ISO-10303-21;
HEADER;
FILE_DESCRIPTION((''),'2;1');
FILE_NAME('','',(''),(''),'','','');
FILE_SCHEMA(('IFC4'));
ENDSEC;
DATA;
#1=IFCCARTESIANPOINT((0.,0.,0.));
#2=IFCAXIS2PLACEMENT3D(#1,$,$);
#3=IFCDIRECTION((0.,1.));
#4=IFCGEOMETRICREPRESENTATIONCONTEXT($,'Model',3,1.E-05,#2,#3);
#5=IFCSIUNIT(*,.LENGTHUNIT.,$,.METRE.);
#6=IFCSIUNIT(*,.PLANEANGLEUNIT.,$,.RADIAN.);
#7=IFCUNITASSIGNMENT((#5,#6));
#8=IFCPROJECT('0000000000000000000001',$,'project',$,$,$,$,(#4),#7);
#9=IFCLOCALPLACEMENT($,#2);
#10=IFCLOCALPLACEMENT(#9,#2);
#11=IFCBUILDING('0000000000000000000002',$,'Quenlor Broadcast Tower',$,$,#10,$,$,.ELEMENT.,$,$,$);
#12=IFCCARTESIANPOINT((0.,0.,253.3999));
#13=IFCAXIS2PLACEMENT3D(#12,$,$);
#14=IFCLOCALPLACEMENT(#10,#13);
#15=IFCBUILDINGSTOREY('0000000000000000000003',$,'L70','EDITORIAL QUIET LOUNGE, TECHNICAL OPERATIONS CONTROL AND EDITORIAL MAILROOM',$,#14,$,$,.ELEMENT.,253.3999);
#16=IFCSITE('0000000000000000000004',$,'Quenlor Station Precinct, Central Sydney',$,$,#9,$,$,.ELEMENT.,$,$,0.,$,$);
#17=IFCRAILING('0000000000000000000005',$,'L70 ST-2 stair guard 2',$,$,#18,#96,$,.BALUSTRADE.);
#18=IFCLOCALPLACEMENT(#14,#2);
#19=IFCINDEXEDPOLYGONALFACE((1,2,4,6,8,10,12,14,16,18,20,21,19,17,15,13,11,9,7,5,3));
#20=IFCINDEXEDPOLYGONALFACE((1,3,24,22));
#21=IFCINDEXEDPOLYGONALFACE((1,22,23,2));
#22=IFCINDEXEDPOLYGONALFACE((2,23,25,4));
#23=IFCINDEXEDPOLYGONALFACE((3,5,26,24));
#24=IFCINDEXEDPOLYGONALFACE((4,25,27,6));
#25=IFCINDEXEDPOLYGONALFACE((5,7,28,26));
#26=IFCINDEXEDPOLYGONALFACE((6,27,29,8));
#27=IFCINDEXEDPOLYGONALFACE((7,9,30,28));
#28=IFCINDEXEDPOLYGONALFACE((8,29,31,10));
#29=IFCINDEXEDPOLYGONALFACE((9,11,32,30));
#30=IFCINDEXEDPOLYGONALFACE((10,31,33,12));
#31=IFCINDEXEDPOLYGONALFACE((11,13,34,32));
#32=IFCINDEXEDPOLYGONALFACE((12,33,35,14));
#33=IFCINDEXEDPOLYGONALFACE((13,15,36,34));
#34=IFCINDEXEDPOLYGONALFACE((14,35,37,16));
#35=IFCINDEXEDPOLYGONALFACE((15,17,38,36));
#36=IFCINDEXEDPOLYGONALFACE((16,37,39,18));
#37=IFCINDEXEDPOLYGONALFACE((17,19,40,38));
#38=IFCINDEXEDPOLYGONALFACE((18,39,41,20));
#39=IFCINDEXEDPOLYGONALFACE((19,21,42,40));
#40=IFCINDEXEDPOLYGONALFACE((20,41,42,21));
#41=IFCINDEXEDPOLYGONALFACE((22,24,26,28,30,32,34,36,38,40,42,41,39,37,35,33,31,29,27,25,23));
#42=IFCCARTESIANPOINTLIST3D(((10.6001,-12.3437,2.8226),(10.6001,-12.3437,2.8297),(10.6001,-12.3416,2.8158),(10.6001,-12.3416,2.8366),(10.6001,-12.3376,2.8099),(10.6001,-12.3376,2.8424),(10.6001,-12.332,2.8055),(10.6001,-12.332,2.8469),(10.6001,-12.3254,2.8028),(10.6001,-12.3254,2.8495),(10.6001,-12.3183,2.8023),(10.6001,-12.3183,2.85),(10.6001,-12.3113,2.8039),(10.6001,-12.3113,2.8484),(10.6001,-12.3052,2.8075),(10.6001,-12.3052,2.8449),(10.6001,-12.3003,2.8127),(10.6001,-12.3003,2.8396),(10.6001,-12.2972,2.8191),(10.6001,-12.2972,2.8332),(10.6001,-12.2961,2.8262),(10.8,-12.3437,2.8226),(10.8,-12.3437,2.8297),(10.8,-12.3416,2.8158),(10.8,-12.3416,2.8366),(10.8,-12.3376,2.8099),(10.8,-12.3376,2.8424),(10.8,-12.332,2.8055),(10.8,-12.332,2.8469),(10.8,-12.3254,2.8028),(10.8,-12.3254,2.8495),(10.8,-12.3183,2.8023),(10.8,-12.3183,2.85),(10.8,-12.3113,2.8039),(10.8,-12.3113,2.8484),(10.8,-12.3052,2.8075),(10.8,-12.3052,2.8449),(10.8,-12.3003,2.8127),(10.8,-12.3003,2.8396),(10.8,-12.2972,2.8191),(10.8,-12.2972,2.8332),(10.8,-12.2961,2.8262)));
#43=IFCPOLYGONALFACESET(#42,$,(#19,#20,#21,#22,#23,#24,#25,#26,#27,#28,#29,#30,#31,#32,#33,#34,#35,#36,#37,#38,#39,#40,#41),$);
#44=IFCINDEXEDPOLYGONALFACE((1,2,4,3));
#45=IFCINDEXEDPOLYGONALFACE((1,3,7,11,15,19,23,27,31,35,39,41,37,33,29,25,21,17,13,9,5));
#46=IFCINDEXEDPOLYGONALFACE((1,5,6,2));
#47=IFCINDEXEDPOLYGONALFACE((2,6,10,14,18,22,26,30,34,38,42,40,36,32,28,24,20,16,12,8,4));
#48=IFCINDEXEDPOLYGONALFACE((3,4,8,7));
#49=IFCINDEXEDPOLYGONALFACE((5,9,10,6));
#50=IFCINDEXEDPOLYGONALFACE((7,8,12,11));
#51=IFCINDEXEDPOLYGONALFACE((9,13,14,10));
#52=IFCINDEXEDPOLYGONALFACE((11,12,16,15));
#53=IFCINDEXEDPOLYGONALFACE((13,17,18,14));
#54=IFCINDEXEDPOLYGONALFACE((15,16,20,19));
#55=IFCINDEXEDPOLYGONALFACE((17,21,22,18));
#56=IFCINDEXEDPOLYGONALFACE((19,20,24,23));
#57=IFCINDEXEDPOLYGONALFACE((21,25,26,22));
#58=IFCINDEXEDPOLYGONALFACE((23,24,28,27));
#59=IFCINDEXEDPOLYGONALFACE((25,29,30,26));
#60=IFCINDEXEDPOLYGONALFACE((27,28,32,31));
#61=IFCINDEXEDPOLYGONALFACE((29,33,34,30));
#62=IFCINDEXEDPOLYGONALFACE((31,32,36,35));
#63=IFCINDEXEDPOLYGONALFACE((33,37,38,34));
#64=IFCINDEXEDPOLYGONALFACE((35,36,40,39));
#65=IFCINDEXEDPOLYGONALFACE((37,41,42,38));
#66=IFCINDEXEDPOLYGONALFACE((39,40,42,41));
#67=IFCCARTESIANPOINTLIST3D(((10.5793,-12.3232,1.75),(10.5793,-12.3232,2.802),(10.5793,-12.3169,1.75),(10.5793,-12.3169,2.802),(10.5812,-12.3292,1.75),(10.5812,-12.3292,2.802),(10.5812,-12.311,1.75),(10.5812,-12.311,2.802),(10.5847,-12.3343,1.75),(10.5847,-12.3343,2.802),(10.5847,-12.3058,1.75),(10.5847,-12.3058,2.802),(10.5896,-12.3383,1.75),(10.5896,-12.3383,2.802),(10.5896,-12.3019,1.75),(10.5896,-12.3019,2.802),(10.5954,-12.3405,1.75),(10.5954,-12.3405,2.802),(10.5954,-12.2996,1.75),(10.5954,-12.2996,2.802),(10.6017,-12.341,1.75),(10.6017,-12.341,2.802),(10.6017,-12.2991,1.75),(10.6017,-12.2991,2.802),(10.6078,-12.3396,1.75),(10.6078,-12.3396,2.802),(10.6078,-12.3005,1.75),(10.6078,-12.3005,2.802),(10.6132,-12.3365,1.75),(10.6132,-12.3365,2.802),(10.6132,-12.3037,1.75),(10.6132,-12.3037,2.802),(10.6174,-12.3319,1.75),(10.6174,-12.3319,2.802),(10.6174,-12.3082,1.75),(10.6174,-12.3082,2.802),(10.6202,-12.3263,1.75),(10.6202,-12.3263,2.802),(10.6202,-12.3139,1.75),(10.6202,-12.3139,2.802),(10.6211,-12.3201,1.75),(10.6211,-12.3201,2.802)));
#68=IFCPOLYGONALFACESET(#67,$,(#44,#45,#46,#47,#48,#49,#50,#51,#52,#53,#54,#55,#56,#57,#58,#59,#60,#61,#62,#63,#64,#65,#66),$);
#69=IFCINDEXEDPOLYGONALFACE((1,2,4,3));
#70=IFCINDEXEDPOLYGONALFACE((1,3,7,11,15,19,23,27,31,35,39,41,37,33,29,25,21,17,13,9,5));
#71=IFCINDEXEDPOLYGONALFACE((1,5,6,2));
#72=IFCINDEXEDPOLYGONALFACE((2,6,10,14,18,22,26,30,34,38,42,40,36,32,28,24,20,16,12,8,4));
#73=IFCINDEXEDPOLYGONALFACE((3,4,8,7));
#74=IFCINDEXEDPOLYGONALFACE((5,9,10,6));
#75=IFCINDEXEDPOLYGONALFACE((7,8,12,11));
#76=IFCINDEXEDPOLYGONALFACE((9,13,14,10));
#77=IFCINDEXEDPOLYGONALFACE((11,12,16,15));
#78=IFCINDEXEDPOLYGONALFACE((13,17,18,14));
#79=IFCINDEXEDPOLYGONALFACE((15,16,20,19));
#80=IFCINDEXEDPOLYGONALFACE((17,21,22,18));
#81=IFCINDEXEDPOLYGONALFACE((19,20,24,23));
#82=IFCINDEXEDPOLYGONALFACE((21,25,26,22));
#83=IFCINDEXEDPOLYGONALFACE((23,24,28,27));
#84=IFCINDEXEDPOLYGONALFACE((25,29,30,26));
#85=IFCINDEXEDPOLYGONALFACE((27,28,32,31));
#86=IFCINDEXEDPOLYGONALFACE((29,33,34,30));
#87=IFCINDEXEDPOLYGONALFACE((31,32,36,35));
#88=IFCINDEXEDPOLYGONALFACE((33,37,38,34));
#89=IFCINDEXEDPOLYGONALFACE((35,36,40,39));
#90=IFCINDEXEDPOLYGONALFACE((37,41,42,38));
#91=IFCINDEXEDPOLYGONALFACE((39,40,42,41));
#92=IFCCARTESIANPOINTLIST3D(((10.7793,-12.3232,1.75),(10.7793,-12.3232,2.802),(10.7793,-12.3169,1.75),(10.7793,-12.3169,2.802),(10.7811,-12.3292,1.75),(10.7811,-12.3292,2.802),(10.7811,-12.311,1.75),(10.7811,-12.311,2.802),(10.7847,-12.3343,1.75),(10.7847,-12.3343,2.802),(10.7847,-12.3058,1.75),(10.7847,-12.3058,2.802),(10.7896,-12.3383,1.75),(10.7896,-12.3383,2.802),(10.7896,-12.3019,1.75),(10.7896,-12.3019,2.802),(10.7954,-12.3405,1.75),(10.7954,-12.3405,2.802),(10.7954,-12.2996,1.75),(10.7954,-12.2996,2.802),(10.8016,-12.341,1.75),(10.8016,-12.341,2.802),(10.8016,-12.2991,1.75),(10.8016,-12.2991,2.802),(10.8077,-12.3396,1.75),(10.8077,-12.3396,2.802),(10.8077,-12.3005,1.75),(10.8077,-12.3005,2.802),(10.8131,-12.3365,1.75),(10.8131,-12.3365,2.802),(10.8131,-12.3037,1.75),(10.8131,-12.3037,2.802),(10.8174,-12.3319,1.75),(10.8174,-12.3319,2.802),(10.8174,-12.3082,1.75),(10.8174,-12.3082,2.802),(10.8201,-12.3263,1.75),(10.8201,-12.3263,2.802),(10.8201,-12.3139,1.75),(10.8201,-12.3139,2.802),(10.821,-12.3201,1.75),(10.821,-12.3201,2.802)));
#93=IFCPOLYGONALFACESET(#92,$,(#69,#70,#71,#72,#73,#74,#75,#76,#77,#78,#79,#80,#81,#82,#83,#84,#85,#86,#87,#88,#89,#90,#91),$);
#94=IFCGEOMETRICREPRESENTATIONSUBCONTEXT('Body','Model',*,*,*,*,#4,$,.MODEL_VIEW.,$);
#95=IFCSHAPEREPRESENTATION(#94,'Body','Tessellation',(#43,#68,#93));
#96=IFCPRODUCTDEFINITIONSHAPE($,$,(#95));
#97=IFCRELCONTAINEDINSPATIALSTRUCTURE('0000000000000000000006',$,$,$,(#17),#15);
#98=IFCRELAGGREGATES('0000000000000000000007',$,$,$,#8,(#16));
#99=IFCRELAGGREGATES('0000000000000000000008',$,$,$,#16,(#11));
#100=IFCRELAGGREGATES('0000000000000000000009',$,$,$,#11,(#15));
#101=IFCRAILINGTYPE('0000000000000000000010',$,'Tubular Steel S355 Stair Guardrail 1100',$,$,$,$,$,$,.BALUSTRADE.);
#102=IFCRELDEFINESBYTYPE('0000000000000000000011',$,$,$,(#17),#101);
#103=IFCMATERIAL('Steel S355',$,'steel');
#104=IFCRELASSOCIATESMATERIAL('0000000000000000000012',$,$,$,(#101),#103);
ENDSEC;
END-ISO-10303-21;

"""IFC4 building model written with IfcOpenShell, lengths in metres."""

from ifc_helpers import new_model, si_unit, direction, frame, origin, origin_2d, place, context, subcontext, project, spatial, circle, extrude, material, type_object, element, save


model = new_model("IFC4")

# Units and contexts
model_context = context("Model", 3, precision=1e-05, world=origin(), true_north=direction((0.0, 1.0)))
body_context = subcontext(model_context, "Body", "Model", "MODEL_VIEW")
ifc_project = project(units=[si_unit("LENGTHUNIT", "METRE"), si_unit("PLANEANGLEUNIT", "RADIAN")], contexts=[model_context])

# Site, building, storey
site_placement = place(None, origin())
site = spatial("IfcSite", under=ifc_project, at=site_placement, Name="Quenlor Station Precinct, Central Sydney", CompositionType="ELEMENT", RefElevation=0.0)
building_placement = place(site_placement, origin())
building = spatial("IfcBuilding", under=site, at=building_placement, Name="Quenlor Broadcast Tower", CompositionType="ELEMENT")
storey_placement = place(building_placement, frame((0.0, 0.0, 253.3999)))
storey = spatial("IfcBuildingStorey", under=building, at=storey_placement, Name="L70", Description="EDITORIAL QUIET LOUNGE, TECHNICAL OPERATIONS CONTROL AND EDITORIAL MAILROOM", CompositionType="ELEMENT", Elevation=253.3999)

# Railing
ifc_material_1 = material(Name="Steel S355", Category="steel")
railing_type_1 = type_object("IfcRailingType", Name="Tubular Steel S355 Stair Guardrail 1100", PredefinedType="BALUSTRADE", material=ifc_material_1)
railing_1_placement = place(storey_placement, frame((10.6001, -12.3201, 1.75)))
element("IfcRailing", 1, at=railing_1_placement, inside=storey, type_object=railing_type_1, Name="L70 ST-2 stair guard 2", PredefinedType="BALUSTRADE", context=body_context, shape_type="SweptSolid", body=[
    extrude(circle(Radius=0.0239, at=origin_2d()), frame((0.0, 0.0, 1.0762), z_axis=(1.0, 0.0, 0.0), x_axis=(0.0, 1.0, 0.0)), (0.0, 0.0, 1.0), 0.2),
    extrude(circle(Radius=0.021, at=origin_2d()), origin(), (0.0, 0.0, 1.0), 1.052),
    extrude(circle(Radius=0.021, at=origin_2d()), frame((0.2, 0.0, 0.0)), (0.0, 0.0, 1.0), 1.052),
])

save(model, "model.ifc")
